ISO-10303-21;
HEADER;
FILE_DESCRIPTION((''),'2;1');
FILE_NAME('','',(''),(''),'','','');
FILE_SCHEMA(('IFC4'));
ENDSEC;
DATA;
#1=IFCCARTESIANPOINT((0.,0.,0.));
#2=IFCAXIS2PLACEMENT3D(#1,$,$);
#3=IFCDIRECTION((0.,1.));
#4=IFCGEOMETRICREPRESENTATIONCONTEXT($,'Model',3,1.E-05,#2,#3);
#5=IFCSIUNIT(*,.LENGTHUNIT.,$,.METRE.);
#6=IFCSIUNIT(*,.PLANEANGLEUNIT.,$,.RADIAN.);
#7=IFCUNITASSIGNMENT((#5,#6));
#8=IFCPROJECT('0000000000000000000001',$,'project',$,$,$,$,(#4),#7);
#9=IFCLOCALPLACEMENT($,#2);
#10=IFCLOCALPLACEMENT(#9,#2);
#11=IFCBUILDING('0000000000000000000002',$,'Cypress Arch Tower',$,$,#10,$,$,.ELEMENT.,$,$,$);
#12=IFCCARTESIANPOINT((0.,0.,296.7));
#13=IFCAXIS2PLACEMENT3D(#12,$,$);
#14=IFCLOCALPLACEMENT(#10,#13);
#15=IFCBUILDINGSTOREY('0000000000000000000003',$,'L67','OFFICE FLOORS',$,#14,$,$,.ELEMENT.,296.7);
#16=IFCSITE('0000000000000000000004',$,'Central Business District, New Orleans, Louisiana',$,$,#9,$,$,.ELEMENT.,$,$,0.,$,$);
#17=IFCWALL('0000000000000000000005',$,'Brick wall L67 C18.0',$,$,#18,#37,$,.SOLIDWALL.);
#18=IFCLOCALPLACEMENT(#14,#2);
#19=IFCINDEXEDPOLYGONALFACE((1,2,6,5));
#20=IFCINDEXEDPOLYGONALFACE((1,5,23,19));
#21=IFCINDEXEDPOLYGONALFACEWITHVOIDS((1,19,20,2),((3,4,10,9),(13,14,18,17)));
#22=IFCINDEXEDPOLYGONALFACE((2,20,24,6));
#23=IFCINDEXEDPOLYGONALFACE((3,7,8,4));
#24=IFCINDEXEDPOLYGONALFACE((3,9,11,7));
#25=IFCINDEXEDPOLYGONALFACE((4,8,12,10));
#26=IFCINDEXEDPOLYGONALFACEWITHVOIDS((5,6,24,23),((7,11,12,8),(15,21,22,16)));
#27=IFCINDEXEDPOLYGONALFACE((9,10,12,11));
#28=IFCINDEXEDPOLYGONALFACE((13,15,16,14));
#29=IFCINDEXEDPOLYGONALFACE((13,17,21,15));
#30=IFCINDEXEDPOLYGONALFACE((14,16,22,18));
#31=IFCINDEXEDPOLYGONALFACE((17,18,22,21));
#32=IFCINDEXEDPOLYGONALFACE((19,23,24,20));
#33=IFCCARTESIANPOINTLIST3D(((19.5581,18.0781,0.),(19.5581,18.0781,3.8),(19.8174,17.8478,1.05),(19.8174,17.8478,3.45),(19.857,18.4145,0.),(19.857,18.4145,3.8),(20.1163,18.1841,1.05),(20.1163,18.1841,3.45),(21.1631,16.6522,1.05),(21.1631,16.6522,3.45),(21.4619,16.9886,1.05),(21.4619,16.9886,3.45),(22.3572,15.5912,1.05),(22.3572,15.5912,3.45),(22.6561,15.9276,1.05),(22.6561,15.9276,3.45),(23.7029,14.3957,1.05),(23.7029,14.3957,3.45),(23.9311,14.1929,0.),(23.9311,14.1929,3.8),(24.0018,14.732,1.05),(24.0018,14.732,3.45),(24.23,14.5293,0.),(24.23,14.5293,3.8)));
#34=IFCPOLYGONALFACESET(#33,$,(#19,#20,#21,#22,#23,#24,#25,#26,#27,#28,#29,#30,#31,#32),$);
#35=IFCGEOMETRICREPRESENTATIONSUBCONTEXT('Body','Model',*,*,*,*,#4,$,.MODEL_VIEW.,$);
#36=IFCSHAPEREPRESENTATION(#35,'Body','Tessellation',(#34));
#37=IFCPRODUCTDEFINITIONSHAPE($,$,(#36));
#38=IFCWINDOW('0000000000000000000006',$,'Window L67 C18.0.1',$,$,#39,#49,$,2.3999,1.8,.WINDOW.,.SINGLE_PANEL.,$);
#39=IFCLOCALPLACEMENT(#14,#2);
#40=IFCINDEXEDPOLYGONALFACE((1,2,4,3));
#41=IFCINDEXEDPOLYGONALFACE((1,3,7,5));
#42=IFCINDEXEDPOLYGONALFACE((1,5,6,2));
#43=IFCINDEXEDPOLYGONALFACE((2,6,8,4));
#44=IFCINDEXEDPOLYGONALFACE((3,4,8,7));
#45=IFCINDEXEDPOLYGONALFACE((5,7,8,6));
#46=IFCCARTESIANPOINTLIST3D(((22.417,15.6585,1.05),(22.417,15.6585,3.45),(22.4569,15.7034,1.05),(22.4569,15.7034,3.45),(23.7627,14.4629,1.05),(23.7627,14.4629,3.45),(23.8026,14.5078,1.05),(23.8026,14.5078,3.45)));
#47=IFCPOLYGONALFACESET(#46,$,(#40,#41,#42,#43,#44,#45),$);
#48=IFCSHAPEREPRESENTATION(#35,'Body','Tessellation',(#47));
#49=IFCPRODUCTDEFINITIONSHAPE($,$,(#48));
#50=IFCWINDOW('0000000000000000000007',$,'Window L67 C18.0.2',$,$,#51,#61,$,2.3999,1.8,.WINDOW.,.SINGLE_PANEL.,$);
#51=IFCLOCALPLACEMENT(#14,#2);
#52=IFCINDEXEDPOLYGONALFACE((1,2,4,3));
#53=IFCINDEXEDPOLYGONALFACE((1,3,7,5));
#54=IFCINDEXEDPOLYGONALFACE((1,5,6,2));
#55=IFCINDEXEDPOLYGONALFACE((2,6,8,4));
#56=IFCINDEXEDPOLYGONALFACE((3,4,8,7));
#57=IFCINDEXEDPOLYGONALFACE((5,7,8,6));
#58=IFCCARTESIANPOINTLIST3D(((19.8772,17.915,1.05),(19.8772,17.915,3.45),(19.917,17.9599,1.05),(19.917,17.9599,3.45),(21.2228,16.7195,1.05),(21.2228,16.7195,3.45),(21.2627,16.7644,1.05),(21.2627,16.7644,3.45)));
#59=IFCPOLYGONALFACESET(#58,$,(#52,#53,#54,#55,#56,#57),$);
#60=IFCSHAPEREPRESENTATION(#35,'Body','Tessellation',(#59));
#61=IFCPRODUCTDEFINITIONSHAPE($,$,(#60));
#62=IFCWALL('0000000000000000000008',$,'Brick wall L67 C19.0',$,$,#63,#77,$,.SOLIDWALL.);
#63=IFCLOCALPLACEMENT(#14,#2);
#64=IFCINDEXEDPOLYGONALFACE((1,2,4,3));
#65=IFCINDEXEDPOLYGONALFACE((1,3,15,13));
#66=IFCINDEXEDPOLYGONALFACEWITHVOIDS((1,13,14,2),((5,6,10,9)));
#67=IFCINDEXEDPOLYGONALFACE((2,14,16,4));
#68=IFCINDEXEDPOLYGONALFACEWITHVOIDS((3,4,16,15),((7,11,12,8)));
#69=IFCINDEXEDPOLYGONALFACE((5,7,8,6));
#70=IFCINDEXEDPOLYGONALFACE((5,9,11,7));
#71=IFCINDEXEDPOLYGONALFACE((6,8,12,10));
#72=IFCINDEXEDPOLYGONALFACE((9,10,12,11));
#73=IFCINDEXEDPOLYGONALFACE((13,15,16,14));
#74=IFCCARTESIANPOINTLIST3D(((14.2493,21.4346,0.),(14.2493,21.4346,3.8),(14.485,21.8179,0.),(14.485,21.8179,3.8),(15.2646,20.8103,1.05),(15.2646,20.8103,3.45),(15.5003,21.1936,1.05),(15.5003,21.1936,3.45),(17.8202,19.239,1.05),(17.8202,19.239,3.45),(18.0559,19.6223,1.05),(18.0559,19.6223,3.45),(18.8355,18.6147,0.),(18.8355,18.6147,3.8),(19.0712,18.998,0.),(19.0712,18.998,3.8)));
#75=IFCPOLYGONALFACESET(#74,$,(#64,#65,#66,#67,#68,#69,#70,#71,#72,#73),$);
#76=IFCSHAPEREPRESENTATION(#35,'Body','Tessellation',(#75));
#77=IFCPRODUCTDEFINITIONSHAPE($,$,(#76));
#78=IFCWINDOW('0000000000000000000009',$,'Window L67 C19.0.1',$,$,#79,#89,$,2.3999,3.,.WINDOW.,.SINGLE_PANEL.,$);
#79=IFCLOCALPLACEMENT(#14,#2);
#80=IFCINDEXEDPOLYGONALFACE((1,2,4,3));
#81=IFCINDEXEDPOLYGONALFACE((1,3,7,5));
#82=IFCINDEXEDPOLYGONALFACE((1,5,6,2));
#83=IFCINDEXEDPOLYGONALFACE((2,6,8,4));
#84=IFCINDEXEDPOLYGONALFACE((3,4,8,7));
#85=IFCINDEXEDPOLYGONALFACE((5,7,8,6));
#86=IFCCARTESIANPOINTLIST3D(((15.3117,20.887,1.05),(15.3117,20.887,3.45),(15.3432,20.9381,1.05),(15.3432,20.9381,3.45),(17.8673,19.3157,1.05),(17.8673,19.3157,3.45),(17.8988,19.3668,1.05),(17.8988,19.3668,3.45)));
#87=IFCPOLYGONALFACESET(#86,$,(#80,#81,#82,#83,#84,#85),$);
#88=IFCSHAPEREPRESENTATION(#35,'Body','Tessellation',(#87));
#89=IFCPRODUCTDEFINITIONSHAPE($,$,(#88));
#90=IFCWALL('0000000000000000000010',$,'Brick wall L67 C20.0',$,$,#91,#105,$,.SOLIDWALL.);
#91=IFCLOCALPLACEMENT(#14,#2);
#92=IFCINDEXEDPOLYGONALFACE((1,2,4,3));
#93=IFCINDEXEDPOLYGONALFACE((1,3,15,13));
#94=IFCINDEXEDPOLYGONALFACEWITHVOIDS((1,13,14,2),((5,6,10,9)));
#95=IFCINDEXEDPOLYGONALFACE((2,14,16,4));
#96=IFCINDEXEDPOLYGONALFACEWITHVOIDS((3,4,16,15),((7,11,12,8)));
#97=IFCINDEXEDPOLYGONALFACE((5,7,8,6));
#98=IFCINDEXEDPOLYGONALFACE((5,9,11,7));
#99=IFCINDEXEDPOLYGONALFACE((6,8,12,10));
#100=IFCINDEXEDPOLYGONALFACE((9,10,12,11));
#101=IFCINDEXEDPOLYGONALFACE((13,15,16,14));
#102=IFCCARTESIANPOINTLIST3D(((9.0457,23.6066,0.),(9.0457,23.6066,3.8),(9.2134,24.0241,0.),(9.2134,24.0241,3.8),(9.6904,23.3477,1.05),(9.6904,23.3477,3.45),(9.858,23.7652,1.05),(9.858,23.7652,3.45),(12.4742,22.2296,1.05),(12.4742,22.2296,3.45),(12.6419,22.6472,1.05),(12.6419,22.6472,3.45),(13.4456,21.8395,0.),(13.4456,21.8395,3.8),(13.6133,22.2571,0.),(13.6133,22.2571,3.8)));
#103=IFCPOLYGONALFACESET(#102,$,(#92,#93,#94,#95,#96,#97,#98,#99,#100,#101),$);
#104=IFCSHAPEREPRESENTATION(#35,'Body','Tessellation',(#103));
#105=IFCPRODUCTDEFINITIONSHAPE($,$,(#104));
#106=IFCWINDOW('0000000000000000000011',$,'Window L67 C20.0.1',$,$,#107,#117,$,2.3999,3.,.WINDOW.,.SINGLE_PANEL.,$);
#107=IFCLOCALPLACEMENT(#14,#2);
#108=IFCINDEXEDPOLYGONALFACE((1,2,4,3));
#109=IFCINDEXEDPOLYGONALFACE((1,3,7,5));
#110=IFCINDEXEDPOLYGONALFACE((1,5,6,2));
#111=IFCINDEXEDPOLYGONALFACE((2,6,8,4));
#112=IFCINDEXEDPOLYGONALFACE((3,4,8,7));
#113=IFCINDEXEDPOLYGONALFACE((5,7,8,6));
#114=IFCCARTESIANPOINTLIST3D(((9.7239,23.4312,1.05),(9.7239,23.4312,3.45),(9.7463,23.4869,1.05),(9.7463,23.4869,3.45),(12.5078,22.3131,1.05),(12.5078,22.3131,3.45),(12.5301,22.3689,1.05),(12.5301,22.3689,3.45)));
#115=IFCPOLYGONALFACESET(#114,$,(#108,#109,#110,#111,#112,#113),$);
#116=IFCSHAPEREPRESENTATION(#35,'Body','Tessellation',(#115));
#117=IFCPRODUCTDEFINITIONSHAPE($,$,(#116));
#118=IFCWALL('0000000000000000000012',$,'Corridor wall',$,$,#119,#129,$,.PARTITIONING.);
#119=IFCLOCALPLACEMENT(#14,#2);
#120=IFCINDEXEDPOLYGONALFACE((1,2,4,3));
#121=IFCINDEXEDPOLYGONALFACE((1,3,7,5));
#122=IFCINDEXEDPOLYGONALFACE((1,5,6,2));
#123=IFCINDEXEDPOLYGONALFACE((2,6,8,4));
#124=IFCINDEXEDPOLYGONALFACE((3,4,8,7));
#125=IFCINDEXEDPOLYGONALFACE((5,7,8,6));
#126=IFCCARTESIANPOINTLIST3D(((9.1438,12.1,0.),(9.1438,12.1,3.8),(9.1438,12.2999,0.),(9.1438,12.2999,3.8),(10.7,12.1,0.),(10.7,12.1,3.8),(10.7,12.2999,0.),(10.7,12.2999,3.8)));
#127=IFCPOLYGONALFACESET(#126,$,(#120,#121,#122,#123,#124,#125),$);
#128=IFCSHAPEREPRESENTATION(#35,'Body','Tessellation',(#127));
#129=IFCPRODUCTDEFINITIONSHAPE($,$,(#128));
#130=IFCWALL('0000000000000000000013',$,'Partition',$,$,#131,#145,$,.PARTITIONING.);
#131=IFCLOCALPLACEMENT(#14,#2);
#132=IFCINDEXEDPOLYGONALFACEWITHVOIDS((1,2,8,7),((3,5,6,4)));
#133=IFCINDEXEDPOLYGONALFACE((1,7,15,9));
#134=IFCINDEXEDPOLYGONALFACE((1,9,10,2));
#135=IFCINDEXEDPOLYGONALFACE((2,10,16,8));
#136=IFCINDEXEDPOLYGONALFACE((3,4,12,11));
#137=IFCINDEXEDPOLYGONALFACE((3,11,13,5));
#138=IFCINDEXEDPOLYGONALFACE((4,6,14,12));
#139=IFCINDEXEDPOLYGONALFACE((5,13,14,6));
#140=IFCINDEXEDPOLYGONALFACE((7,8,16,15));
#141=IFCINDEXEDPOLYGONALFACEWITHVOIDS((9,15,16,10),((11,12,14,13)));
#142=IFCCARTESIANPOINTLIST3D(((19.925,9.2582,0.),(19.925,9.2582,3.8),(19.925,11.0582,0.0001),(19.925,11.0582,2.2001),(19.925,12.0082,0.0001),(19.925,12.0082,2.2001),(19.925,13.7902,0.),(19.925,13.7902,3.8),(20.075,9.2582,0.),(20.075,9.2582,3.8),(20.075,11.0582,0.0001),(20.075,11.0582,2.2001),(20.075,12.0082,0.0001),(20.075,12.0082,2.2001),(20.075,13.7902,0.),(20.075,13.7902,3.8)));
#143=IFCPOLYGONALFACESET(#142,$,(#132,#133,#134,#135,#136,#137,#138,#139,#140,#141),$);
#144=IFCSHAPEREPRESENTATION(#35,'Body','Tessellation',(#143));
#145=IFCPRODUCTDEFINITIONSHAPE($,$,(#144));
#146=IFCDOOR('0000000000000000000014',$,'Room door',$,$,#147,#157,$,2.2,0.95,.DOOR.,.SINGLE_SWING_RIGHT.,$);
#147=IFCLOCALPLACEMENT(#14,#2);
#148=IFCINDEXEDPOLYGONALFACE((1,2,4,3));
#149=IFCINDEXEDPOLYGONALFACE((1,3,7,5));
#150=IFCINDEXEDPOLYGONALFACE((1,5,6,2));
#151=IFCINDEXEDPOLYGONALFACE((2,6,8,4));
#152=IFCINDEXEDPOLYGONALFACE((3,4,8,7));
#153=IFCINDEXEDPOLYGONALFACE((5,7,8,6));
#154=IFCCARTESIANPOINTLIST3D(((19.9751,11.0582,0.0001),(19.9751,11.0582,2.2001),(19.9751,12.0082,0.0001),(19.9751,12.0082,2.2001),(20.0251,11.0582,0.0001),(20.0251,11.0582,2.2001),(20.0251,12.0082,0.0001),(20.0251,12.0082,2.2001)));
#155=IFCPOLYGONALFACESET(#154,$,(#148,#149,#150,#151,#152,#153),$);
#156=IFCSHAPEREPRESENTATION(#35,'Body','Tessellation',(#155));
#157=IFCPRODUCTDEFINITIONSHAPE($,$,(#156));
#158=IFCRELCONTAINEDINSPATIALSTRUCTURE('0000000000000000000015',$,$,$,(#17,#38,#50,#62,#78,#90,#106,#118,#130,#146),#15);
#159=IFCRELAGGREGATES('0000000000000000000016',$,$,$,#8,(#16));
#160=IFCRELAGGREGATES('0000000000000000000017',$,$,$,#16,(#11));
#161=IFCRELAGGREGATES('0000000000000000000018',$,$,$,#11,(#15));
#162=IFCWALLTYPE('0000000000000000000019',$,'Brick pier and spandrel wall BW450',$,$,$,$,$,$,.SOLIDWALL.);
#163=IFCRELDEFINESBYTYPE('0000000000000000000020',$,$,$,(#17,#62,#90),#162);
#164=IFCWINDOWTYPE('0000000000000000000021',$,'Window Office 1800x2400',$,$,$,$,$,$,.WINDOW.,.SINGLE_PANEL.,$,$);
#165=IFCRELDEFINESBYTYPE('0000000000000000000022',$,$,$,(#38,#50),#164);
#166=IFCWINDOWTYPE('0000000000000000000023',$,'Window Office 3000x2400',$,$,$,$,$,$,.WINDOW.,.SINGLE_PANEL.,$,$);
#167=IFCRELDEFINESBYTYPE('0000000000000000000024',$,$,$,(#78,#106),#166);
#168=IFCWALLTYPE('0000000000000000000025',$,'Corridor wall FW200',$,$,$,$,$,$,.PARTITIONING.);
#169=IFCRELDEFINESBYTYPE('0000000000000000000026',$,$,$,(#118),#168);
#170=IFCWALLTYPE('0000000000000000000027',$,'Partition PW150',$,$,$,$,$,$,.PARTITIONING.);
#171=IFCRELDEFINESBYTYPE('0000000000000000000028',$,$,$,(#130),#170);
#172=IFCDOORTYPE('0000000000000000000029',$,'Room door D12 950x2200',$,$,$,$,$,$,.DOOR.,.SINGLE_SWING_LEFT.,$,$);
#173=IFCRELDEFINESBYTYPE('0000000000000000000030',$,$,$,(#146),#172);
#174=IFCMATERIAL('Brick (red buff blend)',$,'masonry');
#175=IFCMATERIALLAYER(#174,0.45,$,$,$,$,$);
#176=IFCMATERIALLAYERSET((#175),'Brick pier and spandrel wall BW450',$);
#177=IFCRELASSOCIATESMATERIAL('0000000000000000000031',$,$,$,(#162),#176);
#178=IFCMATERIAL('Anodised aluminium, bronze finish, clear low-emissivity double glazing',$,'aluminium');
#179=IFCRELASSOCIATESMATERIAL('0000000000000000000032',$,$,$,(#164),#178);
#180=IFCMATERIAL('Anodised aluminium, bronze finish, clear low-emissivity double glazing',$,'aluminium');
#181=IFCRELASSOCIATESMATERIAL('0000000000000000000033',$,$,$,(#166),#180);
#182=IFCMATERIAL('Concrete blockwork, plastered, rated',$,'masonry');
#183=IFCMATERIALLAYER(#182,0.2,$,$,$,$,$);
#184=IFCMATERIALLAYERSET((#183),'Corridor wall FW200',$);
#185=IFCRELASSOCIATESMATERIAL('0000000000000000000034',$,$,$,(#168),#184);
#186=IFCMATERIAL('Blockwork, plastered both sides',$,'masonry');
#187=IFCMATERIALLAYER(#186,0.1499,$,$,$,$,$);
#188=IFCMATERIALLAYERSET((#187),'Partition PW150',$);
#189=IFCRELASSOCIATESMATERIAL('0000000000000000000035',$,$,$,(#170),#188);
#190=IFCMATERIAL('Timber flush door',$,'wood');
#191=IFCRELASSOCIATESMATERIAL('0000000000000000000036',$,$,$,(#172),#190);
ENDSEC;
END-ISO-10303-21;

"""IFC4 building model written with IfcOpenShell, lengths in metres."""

from ifc_helpers import new_model, si_unit, direction, frame, frame_2d, origin, place, context, subcontext, project, spatial, rectangle, extrude, material, layer, layer_set, type_object, element, fill, save


model = new_model("IFC4")

# Units and contexts
model_context = context("Model", 3, precision=1e-05, world=origin(), true_north=direction((0.0, 1.0)))
body_context = subcontext(model_context, "Body", "Model", "MODEL_VIEW")
ifc_project = project(units=[si_unit("LENGTHUNIT", "METRE"), si_unit("PLANEANGLEUNIT", "RADIAN")], contexts=[model_context])

# Site, building, storey
site_placement = place(None, origin())
site = spatial("IfcSite", under=ifc_project, at=site_placement, Name="Central Business District, New Orleans, Louisiana", CompositionType="ELEMENT", RefElevation=0.0)
building_placement = place(site_placement, origin())
building = spatial("IfcBuilding", under=site, at=building_placement, Name="Cypress Arch Tower", CompositionType="ELEMENT")
storey_placement = place(building_placement, frame((0.0, 0.0, 296.7)))
storey = spatial("IfcBuildingStorey", under=building, at=storey_placement, Name="L67", Description="OFFICE FLOORS", CompositionType="ELEMENT", Elevation=296.7)

# Wall, openings, windows
ifc_material_1 = material(Name="Brick (red buff blend)", Category="masonry")
ifc_layer_1 = layer(ifc_material_1, 0.45)
ifc_layer_set_1 = layer_set([ifc_layer_1], Name="Brick pier and spandrel wall BW450")
wall_type_1 = type_object("IfcWallType", Name="Brick pier and spandrel wall BW450", PredefinedType="SOLIDWALL", material=ifc_layer_set_1)
wall_1_placement = place(storey_placement, frame((24.0806, 14.3611, 0.0), z_axis=(0.0, 0.0, 1.0), x_axis=(-0.74757, 0.664182, 0.0)))
wall_1 = element("IfcWall", 1, at=wall_1_placement, inside=storey, type_object=wall_type_1, Name="Brick wall L67 C18.0", PredefinedType="SOLIDWALL", context=body_context, shape_type="SweptSolid", body=[
    extrude(rectangle(XDim=5.8496, YDim=0.45, at=frame_2d((2.9248, 0.0))), origin(), (0.0, 0.0, 1.0), 3.8),
])
opening_1_placement = place(wall_1_placement, frame((0.3054, 0.0, 1.05)))
opening_1 = element("IfcOpeningElement", 2, at=opening_1_placement, cuts=wall_1, PredefinedType="OPENING", context=body_context, shape_type="SweptSolid", body=[
    extrude(rectangle(XDim=1.8, YDim=2.3999, at=frame_2d((0.8999, 1.2))), frame((0.0, 0.2349, 0.0), z_axis=(0.0, -1.0, 0.0), x_axis=(1.0, 0.0, 0.0)), (0.0, 0.0, 1.0), 0.47),
])
opening_2_placement = place(wall_1_placement, frame((3.7029, 0.0, 1.05)))
opening_2 = element("IfcOpeningElement", 3, at=opening_2_placement, cuts=wall_1, PredefinedType="OPENING", context=body_context, shape_type="SweptSolid", body=[
    extrude(rectangle(XDim=1.8, YDim=2.3999, at=frame_2d((0.8999, 1.2))), frame((0.0, 0.2349, 0.0), z_axis=(0.0, -1.0, 0.0), x_axis=(1.0, 0.0, 0.0)), (0.0, 0.0, 1.0), 0.47),
])
ifc_material_2 = material(Name="Anodised aluminium, bronze finish, clear low-emissivity double glazing", Category="aluminium")
window_type_1 = type_object("IfcWindowType", Name="Window Office 1800x2400", PartitioningType="SINGLE_PANEL", PredefinedType="WINDOW", material=ifc_material_2)
window_1_placement = place(opening_1_placement, origin())
window_1 = element("IfcWindow", 4, at=window_1_placement, inside=storey, type_object=window_type_1, Name="Window L67 C18.0.1", OverallHeight=2.3999, OverallWidth=1.8, PartitioningType="SINGLE_PANEL", PredefinedType="WINDOW", context=body_context, shape_type="SweptSolid", body=[
    extrude(rectangle(XDim=1.8, YDim=2.3999, at=frame_2d((0.8999, 1.2))), frame((0.0, 0.135, 0.0), z_axis=(0.0, -1.0, 0.0), x_axis=(1.0, 0.0, 0.0)), (0.0, 0.0, 1.0), 0.0601),
])
fill(opening_1, window_1)
window_2_placement = place(opening_2_placement, origin())
window_2 = element("IfcWindow", 5, at=window_2_placement, inside=storey, type_object=window_type_1, Name="Window L67 C18.0.2", OverallHeight=2.3999, OverallWidth=1.8, PartitioningType="SINGLE_PANEL", PredefinedType="WINDOW", context=body_context, shape_type="SweptSolid", body=[
    extrude(rectangle(XDim=1.8, YDim=2.3999, at=frame_2d((0.8999, 1.2))), frame((0.0, 0.135, 0.0), z_axis=(0.0, -1.0, 0.0), x_axis=(1.0, 0.0, 0.0)), (0.0, 0.0, 1.0), 0.0601),
])
fill(opening_2, window_2)

# Walls, openings, windows
wall_2_placement = place(storey_placement, frame((18.9534, 18.8064, 0.0), z_axis=(0.0, 0.0, 1.0), x_axis=(-0.851861, 0.523768, 0.0)))
wall_2 = element("IfcWall", 6, at=wall_2_placement, inside=storey, type_object=wall_type_1, Name="Brick wall L67 C19.0", PredefinedType="SOLIDWALL", context=body_context, shape_type="SweptSolid", body=[
    extrude(rectangle(XDim=5.3838, YDim=0.45, at=frame_2d((2.6919, 0.0))), origin(), (0.0, 0.0, 1.0), 3.8),
])
opening_3_placement = place(wall_2_placement, frame((1.1919, 0.0, 1.05)))
opening_3 = element("IfcOpeningElement", 7, at=opening_3_placement, cuts=wall_2, PredefinedType="OPENING", context=body_context, shape_type="SweptSolid", body=[
    extrude(rectangle(XDim=3.0, YDim=2.3999, at=frame_2d((1.5, 1.2))), frame((0.0, 0.2349, 0.0), z_axis=(0.0, -1.0, 0.0), x_axis=(1.0, 0.0, 0.0)), (0.0, 0.0, 1.0), 0.47),
])
ifc_material_3 = material(Name="Anodised aluminium, bronze finish, clear low-emissivity double glazing", Category="aluminium")
window_type_2 = type_object("IfcWindowType", Name="Window Office 3000x2400", PartitioningType="SINGLE_PANEL", PredefinedType="WINDOW", material=ifc_material_3)
window_3_placement = place(opening_3_placement, origin())
window_3 = element("IfcWindow", 8, at=window_3_placement, inside=storey, type_object=window_type_2, Name="Window L67 C19.0.1", OverallHeight=2.3999, OverallWidth=3.0, PartitioningType="SINGLE_PANEL", PredefinedType="WINDOW", context=body_context, shape_type="SweptSolid", body=[
    extrude(rectangle(XDim=3.0, YDim=2.3999, at=frame_2d((1.5, 1.2))), frame((0.0, 0.135, 0.0), z_axis=(0.0, -1.0, 0.0), x_axis=(1.0, 0.0, 0.0)), (0.0, 0.0, 1.0), 0.0601),
])
fill(opening_3, window_3)
wall_3_placement = place(storey_placement, frame((13.5293, 22.0483, 0.0), z_axis=(0.0, 0.0, 1.0), x_axis=(-0.927957, 0.372686, 0.0)))
wall_3 = element("IfcWall", 9, at=wall_3_placement, inside=storey, type_object=wall_type_1, Name="Brick wall L67 C20.0", PredefinedType="SOLIDWALL", context=body_context, shape_type="SweptSolid", body=[
    extrude(rectangle(XDim=4.7415, YDim=0.45, at=frame_2d((2.3706, 0.0))), origin(), (0.0, 0.0, 1.0), 3.8),
])
opening_4_placement = place(wall_3_placement, frame((1.0466, 0.0, 1.05)))
opening_4 = element("IfcOpeningElement", 10, at=opening_4_placement, cuts=wall_3, PredefinedType="OPENING", context=body_context, shape_type="SweptSolid", body=[
    extrude(rectangle(XDim=3.0, YDim=2.3999, at=frame_2d((1.5, 1.2))), frame((0.0, 0.2349, 0.0), z_axis=(0.0, -1.0, 0.0), x_axis=(1.0, 0.0, 0.0)), (0.0, 0.0, 1.0), 0.47),
])
window_4_placement = place(opening_4_placement, origin())
window_4 = element("IfcWindow", 11, at=window_4_placement, inside=storey, type_object=window_type_2, Name="Window L67 C20.0.1", OverallHeight=2.3999, OverallWidth=3.0, PartitioningType="SINGLE_PANEL", PredefinedType="WINDOW", context=body_context, shape_type="SweptSolid", body=[
    extrude(rectangle(XDim=3.0, YDim=2.3999, at=frame_2d((1.5, 1.2))), frame((0.0, 0.135, 0.0), z_axis=(0.0, -1.0, 0.0), x_axis=(1.0, 0.0, 0.0)), (0.0, 0.0, 1.0), 0.0601),
])
fill(opening_4, window_4)

# Wall
ifc_material_4 = material(Name="Concrete blockwork, plastered, rated", Category="masonry")
ifc_layer_2 = layer(ifc_material_4, 0.2)
ifc_layer_set_2 = layer_set([ifc_layer_2], Name="Corridor wall FW200")
wall_type_2 = type_object("IfcWallType", Name="Corridor wall FW200", PredefinedType="PARTITIONING", material=ifc_layer_set_2)
wall_4_placement = place(storey_placement, frame((9.1438, 12.2, 0.0), z_axis=(0.0, 0.0, 1.0), x_axis=(1.0, 0.0, 0.0)))
element("IfcWall", 12, at=wall_4_placement, inside=storey, type_object=wall_type_2, Name="Corridor wall", PredefinedType="PARTITIONING", context=body_context, shape_type="SweptSolid", body=[
    extrude(rectangle(XDim=1.5562, YDim=0.2, at=frame_2d((0.7781, 0.0))), origin(), (0.0, 0.0, 1.0), 3.8),
])

# Wall, opening, door
ifc_material_5 = material(Name="Blockwork, plastered both sides", Category="masonry")
ifc_layer_3 = layer(ifc_material_5, 0.1499)
ifc_layer_set_3 = layer_set([ifc_layer_3], Name="Partition PW150")
wall_type_3 = type_object("IfcWallType", Name="Partition PW150", PredefinedType="PARTITIONING", material=ifc_layer_set_3)
wall_5_placement = place(storey_placement, frame((20.0, 9.2581, 0.0), z_axis=(0.0, 0.0, 1.0), x_axis=(0.0, 1.0, 0.0)))
wall_5 = element("IfcWall", 13, at=wall_5_placement, inside=storey, type_object=wall_type_3, Name="Partition", PredefinedType="PARTITIONING", context=body_context, shape_type="SweptSolid", body=[
    extrude(rectangle(XDim=4.532, YDim=0.1499, at=frame_2d((2.2661, 0.0))), origin(), (0.0, 0.0, 1.0), 3.8),
])
opening_5_placement = place(wall_5_placement, frame((1.8, 0.0, 0.0)))
opening_5 = element("IfcOpeningElement", 14, at=opening_5_placement, cuts=wall_5, PredefinedType="OPENING", context=body_context, shape_type="SweptSolid", body=[
    extrude(rectangle(XDim=0.95, YDim=2.2, at=frame_2d((0.4751, 1.1001))), frame((0.0, 0.085, 0.0), z_axis=(0.0, -1.0, 0.0), x_axis=(1.0, 0.0, 0.0)), (0.0, 0.0, 1.0), 0.1699),
])
ifc_material_6 = material(Name="Timber flush door", Category="wood")
door_type = type_object("IfcDoorType", Name="Room door D12 950x2200", OperationType="SINGLE_SWING_LEFT", PredefinedType="DOOR", material=ifc_material_6)
door_placement = place(opening_5_placement, origin())
door = element("IfcDoor", 15, at=door_placement, inside=storey, type_object=door_type, Name="Room door", OperationType="SINGLE_SWING_RIGHT", OverallHeight=2.2, OverallWidth=0.95, PredefinedType="DOOR", context=body_context, shape_type="SweptSolid", body=[
    extrude(rectangle(XDim=0.95, YDim=2.2, at=frame_2d((0.4751, 1.1001))), frame((0.0, 0.0249, 0.0), z_axis=(0.0, -1.0, 0.0), x_axis=(1.0, 0.0, 0.0)), (0.0, 0.0, 1.0), 0.05),
])
fill(opening_5, door)

save(model, "model.ifc")
